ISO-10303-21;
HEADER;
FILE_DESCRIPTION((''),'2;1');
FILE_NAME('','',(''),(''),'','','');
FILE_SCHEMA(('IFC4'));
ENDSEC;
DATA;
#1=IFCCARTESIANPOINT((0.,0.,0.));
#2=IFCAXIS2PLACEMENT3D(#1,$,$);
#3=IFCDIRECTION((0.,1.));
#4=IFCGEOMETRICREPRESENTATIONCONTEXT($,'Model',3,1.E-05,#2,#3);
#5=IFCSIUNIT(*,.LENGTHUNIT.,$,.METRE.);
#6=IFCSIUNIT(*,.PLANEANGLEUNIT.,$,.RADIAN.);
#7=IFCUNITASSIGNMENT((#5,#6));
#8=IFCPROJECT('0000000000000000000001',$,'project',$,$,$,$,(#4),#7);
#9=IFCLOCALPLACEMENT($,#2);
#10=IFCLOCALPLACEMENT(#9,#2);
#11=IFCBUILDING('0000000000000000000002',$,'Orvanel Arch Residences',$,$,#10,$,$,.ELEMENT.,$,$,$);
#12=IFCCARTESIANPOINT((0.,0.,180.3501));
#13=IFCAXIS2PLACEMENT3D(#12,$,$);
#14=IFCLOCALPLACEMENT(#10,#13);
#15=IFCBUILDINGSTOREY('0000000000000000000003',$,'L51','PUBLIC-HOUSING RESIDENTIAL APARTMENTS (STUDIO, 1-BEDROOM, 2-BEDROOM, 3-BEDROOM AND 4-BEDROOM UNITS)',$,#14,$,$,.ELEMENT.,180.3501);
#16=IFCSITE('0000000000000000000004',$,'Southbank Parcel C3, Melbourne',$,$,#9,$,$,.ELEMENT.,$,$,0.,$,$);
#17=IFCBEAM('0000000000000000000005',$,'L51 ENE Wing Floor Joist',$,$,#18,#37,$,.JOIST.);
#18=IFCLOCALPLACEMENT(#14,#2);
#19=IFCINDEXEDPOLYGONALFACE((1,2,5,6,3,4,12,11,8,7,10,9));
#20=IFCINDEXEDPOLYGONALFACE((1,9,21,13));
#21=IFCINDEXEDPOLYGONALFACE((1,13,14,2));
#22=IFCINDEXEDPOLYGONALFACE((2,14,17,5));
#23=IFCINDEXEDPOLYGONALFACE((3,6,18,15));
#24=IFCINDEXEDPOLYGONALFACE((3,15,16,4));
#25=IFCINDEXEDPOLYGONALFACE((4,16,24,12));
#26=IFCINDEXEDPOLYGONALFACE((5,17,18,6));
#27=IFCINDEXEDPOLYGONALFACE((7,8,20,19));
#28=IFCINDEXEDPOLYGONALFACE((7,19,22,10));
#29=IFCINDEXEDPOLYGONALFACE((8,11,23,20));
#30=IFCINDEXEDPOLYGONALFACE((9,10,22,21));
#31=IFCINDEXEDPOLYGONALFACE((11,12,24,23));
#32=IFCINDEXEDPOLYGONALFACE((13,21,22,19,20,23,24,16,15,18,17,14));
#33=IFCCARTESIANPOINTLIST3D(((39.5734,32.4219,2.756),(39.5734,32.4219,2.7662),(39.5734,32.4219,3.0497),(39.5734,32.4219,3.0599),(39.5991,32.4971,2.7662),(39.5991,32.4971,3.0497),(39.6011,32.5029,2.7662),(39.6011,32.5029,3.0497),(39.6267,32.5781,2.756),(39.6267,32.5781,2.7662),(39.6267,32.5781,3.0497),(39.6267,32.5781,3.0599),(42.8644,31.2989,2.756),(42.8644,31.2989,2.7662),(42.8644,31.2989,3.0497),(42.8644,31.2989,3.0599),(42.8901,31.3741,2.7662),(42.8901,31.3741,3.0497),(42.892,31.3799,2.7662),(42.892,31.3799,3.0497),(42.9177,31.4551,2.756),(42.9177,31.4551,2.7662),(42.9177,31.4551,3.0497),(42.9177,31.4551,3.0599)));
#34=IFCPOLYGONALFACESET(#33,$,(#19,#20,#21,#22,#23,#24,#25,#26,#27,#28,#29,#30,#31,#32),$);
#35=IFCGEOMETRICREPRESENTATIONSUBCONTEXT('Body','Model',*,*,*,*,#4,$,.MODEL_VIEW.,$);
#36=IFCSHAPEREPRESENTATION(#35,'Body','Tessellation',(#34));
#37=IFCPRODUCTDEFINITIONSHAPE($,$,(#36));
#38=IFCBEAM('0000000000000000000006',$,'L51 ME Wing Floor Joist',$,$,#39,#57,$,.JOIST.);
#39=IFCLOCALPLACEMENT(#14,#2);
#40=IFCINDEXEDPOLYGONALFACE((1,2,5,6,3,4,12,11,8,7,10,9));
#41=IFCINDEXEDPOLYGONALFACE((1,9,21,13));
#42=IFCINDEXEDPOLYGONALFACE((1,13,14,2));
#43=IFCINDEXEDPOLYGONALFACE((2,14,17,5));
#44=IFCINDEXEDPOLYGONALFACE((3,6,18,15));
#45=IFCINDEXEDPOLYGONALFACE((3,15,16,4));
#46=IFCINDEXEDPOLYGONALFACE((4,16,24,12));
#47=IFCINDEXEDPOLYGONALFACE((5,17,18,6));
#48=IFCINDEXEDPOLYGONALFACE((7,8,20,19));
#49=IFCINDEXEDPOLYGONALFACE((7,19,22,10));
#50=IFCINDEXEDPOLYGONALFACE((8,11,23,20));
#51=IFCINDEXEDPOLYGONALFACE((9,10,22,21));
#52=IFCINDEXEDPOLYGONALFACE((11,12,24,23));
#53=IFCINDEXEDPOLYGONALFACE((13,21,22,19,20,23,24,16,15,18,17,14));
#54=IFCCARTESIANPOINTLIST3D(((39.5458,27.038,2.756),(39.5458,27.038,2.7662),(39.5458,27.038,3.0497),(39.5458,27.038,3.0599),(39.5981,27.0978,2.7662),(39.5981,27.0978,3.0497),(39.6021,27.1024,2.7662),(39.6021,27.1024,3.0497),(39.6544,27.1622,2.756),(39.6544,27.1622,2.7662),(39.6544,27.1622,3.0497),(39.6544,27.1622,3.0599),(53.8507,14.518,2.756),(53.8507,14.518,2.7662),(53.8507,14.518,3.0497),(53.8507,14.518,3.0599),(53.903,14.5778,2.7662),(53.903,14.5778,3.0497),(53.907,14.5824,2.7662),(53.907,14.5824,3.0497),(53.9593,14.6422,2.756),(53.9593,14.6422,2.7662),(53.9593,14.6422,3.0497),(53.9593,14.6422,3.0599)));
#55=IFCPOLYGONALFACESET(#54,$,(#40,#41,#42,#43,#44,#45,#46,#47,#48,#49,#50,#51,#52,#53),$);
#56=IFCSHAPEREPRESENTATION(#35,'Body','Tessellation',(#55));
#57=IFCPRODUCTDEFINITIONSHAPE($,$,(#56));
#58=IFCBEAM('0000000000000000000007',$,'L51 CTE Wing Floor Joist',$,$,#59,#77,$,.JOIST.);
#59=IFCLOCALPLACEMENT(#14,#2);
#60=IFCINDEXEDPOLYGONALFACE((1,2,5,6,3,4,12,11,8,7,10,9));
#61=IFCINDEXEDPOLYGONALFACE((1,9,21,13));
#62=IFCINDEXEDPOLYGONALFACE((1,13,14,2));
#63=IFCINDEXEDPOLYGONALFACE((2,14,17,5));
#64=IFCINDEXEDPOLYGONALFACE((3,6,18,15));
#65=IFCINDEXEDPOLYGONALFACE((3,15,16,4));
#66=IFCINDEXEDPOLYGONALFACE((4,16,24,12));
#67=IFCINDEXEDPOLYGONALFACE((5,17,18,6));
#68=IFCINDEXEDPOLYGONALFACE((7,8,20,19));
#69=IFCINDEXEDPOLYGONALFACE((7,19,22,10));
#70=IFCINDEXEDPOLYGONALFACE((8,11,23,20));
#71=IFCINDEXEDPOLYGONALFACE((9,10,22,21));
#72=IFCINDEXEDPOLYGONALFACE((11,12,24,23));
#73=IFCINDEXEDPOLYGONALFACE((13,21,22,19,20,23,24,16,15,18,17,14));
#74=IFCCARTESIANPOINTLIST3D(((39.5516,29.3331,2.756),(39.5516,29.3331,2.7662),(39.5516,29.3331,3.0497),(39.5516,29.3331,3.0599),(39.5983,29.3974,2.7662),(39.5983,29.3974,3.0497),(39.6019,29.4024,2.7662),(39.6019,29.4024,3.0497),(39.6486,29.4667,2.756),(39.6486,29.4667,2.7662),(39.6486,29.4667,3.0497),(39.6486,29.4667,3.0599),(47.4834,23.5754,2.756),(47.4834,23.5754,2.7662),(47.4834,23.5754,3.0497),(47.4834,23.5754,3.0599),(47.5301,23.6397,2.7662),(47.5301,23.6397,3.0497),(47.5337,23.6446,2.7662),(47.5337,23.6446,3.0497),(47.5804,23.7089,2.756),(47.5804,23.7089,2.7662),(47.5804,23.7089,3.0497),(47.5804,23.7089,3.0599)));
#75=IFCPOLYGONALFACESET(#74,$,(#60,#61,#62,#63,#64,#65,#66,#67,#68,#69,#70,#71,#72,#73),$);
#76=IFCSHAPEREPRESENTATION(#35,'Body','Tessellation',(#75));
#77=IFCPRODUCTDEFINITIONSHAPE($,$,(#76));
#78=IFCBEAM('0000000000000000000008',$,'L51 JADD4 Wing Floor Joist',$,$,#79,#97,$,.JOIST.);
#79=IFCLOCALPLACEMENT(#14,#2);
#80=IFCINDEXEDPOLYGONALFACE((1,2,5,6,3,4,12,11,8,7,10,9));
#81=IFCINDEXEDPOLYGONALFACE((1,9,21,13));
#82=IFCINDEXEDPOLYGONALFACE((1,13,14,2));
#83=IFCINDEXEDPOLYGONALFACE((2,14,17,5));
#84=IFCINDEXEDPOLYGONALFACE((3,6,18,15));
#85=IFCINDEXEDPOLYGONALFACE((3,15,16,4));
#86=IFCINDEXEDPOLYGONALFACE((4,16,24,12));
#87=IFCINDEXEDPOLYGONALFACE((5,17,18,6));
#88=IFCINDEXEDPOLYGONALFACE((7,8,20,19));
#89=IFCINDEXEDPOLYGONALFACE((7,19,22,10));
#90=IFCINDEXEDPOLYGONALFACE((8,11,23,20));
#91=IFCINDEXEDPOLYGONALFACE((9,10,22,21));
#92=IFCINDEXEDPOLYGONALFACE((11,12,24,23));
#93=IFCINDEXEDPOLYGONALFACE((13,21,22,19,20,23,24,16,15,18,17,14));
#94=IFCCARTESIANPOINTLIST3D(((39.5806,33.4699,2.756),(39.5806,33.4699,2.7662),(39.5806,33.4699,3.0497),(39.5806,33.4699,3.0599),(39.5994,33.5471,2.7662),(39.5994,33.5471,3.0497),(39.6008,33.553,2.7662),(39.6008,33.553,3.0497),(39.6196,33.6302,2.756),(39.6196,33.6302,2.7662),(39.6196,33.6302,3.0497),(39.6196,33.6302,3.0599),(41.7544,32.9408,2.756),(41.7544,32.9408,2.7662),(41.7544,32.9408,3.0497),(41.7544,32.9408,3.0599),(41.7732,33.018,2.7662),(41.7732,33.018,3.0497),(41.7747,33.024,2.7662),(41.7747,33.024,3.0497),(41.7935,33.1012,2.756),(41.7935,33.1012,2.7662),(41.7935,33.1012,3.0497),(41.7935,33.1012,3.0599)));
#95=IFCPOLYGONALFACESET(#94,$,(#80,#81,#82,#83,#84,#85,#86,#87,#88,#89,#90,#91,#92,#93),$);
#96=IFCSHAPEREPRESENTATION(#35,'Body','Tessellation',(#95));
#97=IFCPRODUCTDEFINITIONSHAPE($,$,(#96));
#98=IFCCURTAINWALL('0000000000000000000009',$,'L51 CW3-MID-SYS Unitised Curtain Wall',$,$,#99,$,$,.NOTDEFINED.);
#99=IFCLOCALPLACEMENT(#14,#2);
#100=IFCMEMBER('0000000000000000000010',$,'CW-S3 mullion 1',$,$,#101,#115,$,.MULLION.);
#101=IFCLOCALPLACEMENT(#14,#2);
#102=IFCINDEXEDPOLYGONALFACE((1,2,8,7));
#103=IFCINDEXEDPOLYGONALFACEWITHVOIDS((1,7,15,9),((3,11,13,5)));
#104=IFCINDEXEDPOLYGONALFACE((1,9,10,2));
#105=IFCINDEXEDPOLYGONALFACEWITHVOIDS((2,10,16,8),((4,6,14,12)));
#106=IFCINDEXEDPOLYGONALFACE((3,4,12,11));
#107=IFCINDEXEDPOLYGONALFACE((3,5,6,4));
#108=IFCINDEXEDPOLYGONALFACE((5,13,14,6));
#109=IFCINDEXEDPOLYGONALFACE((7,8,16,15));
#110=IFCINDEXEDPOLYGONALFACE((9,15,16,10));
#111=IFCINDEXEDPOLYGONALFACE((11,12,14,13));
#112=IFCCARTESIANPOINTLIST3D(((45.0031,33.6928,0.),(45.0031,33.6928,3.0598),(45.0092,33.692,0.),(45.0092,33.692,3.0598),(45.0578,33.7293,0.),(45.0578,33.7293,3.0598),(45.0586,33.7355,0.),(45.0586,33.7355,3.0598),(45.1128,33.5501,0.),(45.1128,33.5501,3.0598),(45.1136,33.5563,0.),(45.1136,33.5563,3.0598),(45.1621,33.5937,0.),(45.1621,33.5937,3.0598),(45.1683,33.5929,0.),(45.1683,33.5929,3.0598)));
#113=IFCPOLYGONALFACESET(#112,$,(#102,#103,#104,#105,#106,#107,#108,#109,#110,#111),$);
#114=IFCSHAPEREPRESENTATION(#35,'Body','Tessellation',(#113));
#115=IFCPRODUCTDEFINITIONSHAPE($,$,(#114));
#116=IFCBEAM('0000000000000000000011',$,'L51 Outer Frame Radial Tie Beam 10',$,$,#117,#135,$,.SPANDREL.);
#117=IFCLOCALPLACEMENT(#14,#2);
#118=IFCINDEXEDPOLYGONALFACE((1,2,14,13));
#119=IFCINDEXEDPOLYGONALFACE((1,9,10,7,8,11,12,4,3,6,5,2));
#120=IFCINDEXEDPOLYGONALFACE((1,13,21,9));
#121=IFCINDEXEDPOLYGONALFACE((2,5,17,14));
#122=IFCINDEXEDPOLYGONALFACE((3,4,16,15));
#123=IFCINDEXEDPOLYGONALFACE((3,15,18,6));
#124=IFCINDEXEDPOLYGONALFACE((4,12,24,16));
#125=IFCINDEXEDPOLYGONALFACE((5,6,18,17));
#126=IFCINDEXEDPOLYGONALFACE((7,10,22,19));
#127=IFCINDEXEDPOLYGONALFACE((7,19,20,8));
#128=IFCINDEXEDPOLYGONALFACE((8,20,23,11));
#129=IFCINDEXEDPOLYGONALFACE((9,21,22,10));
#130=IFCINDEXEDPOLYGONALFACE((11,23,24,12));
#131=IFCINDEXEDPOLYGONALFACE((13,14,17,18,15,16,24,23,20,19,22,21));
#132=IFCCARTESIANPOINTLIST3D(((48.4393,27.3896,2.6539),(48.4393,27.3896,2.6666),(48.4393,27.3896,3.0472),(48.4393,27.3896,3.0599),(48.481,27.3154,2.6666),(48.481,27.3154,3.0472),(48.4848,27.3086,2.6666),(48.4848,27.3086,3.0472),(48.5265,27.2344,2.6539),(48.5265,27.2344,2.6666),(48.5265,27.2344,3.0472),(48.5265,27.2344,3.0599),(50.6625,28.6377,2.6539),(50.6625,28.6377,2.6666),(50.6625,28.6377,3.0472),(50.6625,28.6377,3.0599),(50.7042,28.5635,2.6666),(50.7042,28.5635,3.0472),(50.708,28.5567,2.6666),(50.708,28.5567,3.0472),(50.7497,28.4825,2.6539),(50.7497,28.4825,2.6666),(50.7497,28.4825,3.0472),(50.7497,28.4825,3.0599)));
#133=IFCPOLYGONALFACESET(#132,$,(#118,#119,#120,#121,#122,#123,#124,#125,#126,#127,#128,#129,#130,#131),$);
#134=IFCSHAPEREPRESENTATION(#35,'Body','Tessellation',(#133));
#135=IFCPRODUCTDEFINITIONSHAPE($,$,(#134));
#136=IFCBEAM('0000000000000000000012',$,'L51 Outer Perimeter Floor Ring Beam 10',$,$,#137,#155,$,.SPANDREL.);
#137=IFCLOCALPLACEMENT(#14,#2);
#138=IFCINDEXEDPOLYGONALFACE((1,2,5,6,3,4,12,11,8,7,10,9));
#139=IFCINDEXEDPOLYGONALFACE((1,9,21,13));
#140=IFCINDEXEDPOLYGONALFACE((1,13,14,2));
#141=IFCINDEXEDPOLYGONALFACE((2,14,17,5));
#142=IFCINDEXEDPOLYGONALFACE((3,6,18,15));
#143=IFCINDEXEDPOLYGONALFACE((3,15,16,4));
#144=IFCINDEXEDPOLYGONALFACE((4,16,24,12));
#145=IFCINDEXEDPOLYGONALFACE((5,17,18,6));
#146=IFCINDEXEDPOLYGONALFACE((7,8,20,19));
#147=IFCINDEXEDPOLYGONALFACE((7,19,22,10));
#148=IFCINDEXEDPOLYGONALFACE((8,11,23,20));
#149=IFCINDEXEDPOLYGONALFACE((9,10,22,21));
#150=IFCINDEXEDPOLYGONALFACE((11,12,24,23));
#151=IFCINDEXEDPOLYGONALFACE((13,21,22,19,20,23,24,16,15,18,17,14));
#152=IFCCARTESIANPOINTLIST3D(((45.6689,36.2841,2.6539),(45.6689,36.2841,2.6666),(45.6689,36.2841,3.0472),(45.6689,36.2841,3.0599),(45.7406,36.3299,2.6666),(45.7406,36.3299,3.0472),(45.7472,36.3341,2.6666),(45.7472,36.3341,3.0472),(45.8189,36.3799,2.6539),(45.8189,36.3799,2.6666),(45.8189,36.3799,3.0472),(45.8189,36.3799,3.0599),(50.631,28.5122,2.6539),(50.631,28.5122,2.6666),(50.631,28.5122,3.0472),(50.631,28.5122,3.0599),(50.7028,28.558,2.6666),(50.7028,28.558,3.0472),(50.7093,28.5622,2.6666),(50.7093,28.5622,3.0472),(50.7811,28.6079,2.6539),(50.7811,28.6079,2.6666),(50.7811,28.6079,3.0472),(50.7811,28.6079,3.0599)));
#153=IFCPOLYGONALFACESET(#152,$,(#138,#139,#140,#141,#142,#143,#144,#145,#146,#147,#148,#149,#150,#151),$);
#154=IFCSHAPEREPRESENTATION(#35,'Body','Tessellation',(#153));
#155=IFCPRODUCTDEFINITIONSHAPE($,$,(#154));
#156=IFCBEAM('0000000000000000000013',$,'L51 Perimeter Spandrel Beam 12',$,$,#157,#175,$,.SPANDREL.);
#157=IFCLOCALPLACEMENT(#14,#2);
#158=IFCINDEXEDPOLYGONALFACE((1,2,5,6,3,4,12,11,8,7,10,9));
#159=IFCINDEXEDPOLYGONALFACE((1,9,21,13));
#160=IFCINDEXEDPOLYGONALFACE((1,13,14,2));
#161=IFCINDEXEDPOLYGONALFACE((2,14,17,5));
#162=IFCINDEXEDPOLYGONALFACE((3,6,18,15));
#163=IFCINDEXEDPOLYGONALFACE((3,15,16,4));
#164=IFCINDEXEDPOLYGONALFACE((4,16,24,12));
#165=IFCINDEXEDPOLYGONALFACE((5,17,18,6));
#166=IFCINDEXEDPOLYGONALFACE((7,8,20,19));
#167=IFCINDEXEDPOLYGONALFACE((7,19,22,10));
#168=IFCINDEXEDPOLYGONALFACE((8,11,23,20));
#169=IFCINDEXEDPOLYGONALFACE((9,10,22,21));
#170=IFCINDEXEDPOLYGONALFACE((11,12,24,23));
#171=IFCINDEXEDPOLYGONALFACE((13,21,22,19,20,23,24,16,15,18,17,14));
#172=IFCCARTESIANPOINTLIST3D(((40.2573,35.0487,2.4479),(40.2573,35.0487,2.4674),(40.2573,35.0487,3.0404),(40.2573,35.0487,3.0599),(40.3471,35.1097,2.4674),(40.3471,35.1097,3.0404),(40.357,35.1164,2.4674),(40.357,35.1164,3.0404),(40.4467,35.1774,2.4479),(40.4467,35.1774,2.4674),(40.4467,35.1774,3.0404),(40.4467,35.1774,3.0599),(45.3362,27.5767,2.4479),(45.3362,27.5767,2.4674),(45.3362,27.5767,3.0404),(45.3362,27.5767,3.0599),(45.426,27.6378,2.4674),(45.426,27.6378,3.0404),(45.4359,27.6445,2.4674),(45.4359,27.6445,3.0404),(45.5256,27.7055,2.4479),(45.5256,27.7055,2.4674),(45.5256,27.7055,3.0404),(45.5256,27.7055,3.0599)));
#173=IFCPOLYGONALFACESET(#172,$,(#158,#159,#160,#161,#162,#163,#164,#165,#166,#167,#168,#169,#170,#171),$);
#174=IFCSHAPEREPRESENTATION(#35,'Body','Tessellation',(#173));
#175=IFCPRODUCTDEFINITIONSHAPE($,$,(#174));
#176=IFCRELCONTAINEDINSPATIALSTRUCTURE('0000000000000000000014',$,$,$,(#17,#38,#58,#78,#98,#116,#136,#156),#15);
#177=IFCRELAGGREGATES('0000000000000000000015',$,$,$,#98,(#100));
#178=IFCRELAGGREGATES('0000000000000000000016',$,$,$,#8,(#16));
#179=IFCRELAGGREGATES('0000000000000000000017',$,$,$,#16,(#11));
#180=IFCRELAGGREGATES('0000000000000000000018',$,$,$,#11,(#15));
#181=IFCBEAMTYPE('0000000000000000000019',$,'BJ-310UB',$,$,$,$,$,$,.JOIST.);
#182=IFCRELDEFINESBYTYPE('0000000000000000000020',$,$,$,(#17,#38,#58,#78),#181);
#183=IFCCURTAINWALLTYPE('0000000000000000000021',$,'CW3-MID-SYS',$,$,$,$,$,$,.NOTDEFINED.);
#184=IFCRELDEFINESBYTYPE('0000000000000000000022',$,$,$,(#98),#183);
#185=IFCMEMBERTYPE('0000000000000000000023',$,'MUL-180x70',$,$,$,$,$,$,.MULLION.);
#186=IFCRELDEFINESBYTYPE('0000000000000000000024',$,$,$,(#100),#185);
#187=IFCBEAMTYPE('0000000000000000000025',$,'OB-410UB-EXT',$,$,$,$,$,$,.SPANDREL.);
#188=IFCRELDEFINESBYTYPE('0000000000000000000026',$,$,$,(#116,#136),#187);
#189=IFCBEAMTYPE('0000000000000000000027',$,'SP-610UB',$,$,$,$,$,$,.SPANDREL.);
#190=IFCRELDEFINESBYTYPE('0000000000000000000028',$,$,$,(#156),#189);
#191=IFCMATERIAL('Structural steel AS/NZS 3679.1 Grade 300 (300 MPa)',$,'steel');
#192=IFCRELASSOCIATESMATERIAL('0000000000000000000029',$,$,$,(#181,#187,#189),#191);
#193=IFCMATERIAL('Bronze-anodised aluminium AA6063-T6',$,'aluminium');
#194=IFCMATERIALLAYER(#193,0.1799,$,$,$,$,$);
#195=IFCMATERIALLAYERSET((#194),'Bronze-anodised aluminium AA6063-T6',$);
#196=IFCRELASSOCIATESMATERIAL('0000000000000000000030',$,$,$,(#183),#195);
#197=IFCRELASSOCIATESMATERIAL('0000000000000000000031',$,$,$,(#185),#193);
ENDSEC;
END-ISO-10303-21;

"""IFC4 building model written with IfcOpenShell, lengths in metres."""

from ifc_helpers import new_model, si_unit, direction, frame, origin, origin_2d, place, context, subcontext, project, spatial, hollow_rectangle, i_section, extrude, material, layer, layer_set, material_profile, profile_set, type_object, element, aggregate, save


model = new_model("IFC4")

# Units and contexts
model_context = context("Model", 3, precision=1e-05, world=origin(), true_north=direction((0.0, 1.0)))
body_context = subcontext(model_context, "Body", "Model", "MODEL_VIEW")
ifc_project = project(units=[si_unit("LENGTHUNIT", "METRE"), si_unit("PLANEANGLEUNIT", "RADIAN")], contexts=[model_context])

# Site, building, storey
site_placement = place(None, origin())
site = spatial("IfcSite", under=ifc_project, at=site_placement, Name="Southbank Parcel C3, Melbourne", CompositionType="ELEMENT", RefElevation=0.0)
building_placement = place(site_placement, origin())
building = spatial("IfcBuilding", under=site, at=building_placement, Name="Orvanel Arch Residences", CompositionType="ELEMENT")
storey_placement = place(building_placement, frame((0.0, 0.0, 180.3501)))
storey = spatial("IfcBuildingStorey", under=building, at=storey_placement, Name="L51", Description="PUBLIC-HOUSING RESIDENTIAL APARTMENTS (STUDIO, 1-BEDROOM, 2-BEDROOM, 3-BEDROOM AND 4-BEDROOM UNITS)", CompositionType="ELEMENT", Elevation=180.3501)

# Beams
ifc_material_1 = material(Name="Structural steel AS/NZS 3679.1 Grade 300 (300 MPa)", Category="steel")
ifc_material_profile_1 = material_profile(ifc_material_1, i_section(OverallWidth=0.165, OverallDepth=0.304, WebThickness=0.0061, FlangeThickness=0.0103, at=origin_2d()), Name="310UB40.4")
ifc_profile_set_1 = profile_set([ifc_material_profile_1], Name="Structural steel AS/NZS 3679.1 Grade 300 (300 MPa)")
beam_type_1 = type_object("IfcBeamType", Name="BJ-310UB", PredefinedType="JOIST", material=ifc_profile_set_1)
beam_1_placement = place(storey_placement, frame((39.6001, 32.5, 2.908), z_axis=(0.946413, -0.32296, 0.0), x_axis=(0.32296, 0.946413, 0.0)))
element("IfcBeam", 1, at=beam_1_placement, inside=storey, type_object=beam_type_1, Name="L51 ENE Wing Floor Joist", PredefinedType="JOIST", context=body_context, shape_type="SweptSolid", body=[
    extrude(i_section(OverallWidth=0.165, OverallDepth=0.304, WebThickness=0.0061, FlangeThickness=0.0103, at=origin_2d()), origin(), (0.0, 0.0, 1.0), 3.4773),
])
beam_2_placement = place(storey_placement, frame((39.6001, 27.1001, 2.908), z_axis=(0.752493, -0.6586, 0.0), x_axis=(0.6586, 0.752493, 0.0)))
element("IfcBeam", 2, at=beam_2_placement, inside=storey, type_object=beam_type_1, Name="L51 ME Wing Floor Joist", PredefinedType="JOIST", context=body_context, shape_type="SweptSolid", body=[
    extrude(i_section(OverallWidth=0.165, OverallDepth=0.304, WebThickness=0.0061, FlangeThickness=0.0103, at=origin_2d()), origin(), (0.0, 0.0, 1.0), 19.01),
])
beam_3_placement = place(storey_placement, frame((39.6001, 29.3999, 2.908), z_axis=(0.809261, -0.587449, 0.0), x_axis=(0.587449, 0.809261, 0.0)))
element("IfcBeam", 3, at=beam_3_placement, inside=storey, type_object=beam_type_1, Name="L51 CTE Wing Floor Joist", PredefinedType="JOIST", context=body_context, shape_type="SweptSolid", body=[
    extrude(i_section(OverallWidth=0.165, OverallDepth=0.304, WebThickness=0.0061, FlangeThickness=0.0103, at=origin_2d()), origin(), (0.0, 0.0, 1.0), 9.8013),
])
beam_4_placement = place(storey_placement, frame((39.6001, 33.55, 2.908), z_axis=(0.971638, -0.236471, 0.0), x_axis=(0.236471, 0.971638, 0.0)))
element("IfcBeam", 4, at=beam_4_placement, inside=storey, type_object=beam_type_1, Name="L51 JADD4 Wing Floor Joist", PredefinedType="JOIST", context=body_context, shape_type="SweptSolid", body=[
    extrude(i_section(OverallWidth=0.165, OverallDepth=0.304, WebThickness=0.0061, FlangeThickness=0.0103, at=origin_2d()), origin(), (0.0, 0.0, 1.0), 2.2373),
])

# Curtain wall, member
ifc_material_2 = material(Name="Bronze-anodised aluminium AA6063-T6", Category="aluminium")
ifc_layer_1 = layer(ifc_material_2, 0.1799)
ifc_layer_set_1 = layer_set([ifc_layer_1], Name="Bronze-anodised aluminium AA6063-T6")
curtain_wall_type = type_object("IfcCurtainWallType", Name="CW3-MID-SYS", PredefinedType="NOTDEFINED", material=ifc_layer_set_1)
curtain_wall_placement = place(storey_placement, origin())
curtain_wall = element("IfcCurtainWall", 5, at=curtain_wall_placement, inside=storey, type_object=curtain_wall_type, Name="L51 CW3-MID-SYS Unitised Curtain Wall", PredefinedType="NOTDEFINED")
ifc_material_profile_2 = material_profile(ifc_material_2, hollow_rectangle(XDim=0.0701, YDim=0.1799, WallThickness=0.0044, at=origin_2d()), Name="ALU180x70x4.5")
ifc_profile_set_2 = profile_set([ifc_material_profile_2], Name="Bronze-anodised aluminium AA6063-T6")
member_type_1 = type_object("IfcMemberType", Name="MUL-180x70", PredefinedType="MULLION", material=ifc_profile_set_2)
member_1_placement = place(storey_placement, frame((45.0857, 33.6428, 0.0), z_axis=(0.0, 0.0, 1.0), x_axis=(-0.792761, -0.609533, 0.0)))
member_1 = element("IfcMember", 6, at=member_1_placement, type_object=member_type_1, Name="CW-S3 mullion 1", PredefinedType="MULLION", context=body_context, shape_type="SweptSolid", body=[
    extrude(hollow_rectangle(XDim=0.0701, YDim=0.1799, WallThickness=0.0044, at=origin_2d()), origin(), (0.0, 0.0, 1.0), 3.0598),
])

# Beams
ifc_material_profile_3 = material_profile(ifc_material_1, i_section(OverallWidth=0.178, OverallDepth=0.406, WebThickness=0.0078, FlangeThickness=0.0127, at=origin_2d()), Name="410UB59.7")
ifc_profile_set_3 = profile_set([ifc_material_profile_3], Name="Structural steel AS/NZS 3679.1 Grade 300 (300 MPa)")
beam_type_2 = type_object("IfcBeamType", Name="OB-410UB-EXT", PredefinedType="SPANDREL", material=ifc_profile_set_3)
beam_5_placement = place(storey_placement, frame((48.4829, 27.312, 2.8569), z_axis=(0.87199, 0.489525, 0.0), x_axis=(-0.489525, 0.87199, 0.0)))
element("IfcBeam", 7, at=beam_5_placement, inside=storey, type_object=beam_type_2, Name="L51 Outer Frame Radial Tie Beam 10", PredefinedType="SPANDREL", context=body_context, shape_type="SweptSolid", body=[
    extrude(i_section(OverallWidth=0.178, OverallDepth=0.406, WebThickness=0.0078, FlangeThickness=0.0127, at=origin_2d()), origin(), (0.0, 0.0, 1.0), 2.5496),
])
beam_6_placement = place(storey_placement, frame((50.7061, 28.5601, 2.8569), z_axis=(-0.538138, 0.842857, 0.0), x_axis=(-0.842857, -0.538138, 0.0)))
element("IfcBeam", 8, at=beam_6_placement, inside=storey, type_object=beam_type_2, Name="L51 Outer Perimeter Floor Ring Beam 10", PredefinedType="SPANDREL", context=body_context, shape_type="SweptSolid", body=[
    extrude(i_section(OverallWidth=0.178, OverallDepth=0.406, WebThickness=0.0078, FlangeThickness=0.0127, at=origin_2d()), origin(), (0.0, 0.0, 1.0), 9.2209),
])
ifc_material_profile_4 = material_profile(ifc_material_1, i_section(OverallWidth=0.229, OverallDepth=0.6121, WebThickness=0.012, FlangeThickness=0.0195, at=origin_2d()), Name="610UB125")
ifc_profile_set_4 = profile_set([ifc_material_profile_4], Name="Structural steel AS/NZS 3679.1 Grade 300 (300 MPa)")
beam_type_3 = type_object("IfcBeamType", Name="SP-610UB", PredefinedType="SPANDREL", material=ifc_profile_set_4)
beam_7_placement = place(storey_placement, frame((45.4309, 27.6411, 2.7539), z_axis=(-0.562155, 0.827032, 0.0), x_axis=(-0.827032, -0.562155, 0.0)))
element("IfcBeam", 9, at=beam_7_placement, inside=storey, type_object=beam_type_3, Name="L51 Perimeter Spandrel Beam 12", PredefinedType="SPANDREL", context=body_context, shape_type="SweptSolid", body=[
    extrude(i_section(OverallWidth=0.229, OverallDepth=0.6121, WebThickness=0.012, FlangeThickness=0.0195, at=origin_2d()), origin(), (0.0, 0.0, 1.0), 9.0347),
])

aggregate(curtain_wall, [member_1])

save(model, "model.ifc")
